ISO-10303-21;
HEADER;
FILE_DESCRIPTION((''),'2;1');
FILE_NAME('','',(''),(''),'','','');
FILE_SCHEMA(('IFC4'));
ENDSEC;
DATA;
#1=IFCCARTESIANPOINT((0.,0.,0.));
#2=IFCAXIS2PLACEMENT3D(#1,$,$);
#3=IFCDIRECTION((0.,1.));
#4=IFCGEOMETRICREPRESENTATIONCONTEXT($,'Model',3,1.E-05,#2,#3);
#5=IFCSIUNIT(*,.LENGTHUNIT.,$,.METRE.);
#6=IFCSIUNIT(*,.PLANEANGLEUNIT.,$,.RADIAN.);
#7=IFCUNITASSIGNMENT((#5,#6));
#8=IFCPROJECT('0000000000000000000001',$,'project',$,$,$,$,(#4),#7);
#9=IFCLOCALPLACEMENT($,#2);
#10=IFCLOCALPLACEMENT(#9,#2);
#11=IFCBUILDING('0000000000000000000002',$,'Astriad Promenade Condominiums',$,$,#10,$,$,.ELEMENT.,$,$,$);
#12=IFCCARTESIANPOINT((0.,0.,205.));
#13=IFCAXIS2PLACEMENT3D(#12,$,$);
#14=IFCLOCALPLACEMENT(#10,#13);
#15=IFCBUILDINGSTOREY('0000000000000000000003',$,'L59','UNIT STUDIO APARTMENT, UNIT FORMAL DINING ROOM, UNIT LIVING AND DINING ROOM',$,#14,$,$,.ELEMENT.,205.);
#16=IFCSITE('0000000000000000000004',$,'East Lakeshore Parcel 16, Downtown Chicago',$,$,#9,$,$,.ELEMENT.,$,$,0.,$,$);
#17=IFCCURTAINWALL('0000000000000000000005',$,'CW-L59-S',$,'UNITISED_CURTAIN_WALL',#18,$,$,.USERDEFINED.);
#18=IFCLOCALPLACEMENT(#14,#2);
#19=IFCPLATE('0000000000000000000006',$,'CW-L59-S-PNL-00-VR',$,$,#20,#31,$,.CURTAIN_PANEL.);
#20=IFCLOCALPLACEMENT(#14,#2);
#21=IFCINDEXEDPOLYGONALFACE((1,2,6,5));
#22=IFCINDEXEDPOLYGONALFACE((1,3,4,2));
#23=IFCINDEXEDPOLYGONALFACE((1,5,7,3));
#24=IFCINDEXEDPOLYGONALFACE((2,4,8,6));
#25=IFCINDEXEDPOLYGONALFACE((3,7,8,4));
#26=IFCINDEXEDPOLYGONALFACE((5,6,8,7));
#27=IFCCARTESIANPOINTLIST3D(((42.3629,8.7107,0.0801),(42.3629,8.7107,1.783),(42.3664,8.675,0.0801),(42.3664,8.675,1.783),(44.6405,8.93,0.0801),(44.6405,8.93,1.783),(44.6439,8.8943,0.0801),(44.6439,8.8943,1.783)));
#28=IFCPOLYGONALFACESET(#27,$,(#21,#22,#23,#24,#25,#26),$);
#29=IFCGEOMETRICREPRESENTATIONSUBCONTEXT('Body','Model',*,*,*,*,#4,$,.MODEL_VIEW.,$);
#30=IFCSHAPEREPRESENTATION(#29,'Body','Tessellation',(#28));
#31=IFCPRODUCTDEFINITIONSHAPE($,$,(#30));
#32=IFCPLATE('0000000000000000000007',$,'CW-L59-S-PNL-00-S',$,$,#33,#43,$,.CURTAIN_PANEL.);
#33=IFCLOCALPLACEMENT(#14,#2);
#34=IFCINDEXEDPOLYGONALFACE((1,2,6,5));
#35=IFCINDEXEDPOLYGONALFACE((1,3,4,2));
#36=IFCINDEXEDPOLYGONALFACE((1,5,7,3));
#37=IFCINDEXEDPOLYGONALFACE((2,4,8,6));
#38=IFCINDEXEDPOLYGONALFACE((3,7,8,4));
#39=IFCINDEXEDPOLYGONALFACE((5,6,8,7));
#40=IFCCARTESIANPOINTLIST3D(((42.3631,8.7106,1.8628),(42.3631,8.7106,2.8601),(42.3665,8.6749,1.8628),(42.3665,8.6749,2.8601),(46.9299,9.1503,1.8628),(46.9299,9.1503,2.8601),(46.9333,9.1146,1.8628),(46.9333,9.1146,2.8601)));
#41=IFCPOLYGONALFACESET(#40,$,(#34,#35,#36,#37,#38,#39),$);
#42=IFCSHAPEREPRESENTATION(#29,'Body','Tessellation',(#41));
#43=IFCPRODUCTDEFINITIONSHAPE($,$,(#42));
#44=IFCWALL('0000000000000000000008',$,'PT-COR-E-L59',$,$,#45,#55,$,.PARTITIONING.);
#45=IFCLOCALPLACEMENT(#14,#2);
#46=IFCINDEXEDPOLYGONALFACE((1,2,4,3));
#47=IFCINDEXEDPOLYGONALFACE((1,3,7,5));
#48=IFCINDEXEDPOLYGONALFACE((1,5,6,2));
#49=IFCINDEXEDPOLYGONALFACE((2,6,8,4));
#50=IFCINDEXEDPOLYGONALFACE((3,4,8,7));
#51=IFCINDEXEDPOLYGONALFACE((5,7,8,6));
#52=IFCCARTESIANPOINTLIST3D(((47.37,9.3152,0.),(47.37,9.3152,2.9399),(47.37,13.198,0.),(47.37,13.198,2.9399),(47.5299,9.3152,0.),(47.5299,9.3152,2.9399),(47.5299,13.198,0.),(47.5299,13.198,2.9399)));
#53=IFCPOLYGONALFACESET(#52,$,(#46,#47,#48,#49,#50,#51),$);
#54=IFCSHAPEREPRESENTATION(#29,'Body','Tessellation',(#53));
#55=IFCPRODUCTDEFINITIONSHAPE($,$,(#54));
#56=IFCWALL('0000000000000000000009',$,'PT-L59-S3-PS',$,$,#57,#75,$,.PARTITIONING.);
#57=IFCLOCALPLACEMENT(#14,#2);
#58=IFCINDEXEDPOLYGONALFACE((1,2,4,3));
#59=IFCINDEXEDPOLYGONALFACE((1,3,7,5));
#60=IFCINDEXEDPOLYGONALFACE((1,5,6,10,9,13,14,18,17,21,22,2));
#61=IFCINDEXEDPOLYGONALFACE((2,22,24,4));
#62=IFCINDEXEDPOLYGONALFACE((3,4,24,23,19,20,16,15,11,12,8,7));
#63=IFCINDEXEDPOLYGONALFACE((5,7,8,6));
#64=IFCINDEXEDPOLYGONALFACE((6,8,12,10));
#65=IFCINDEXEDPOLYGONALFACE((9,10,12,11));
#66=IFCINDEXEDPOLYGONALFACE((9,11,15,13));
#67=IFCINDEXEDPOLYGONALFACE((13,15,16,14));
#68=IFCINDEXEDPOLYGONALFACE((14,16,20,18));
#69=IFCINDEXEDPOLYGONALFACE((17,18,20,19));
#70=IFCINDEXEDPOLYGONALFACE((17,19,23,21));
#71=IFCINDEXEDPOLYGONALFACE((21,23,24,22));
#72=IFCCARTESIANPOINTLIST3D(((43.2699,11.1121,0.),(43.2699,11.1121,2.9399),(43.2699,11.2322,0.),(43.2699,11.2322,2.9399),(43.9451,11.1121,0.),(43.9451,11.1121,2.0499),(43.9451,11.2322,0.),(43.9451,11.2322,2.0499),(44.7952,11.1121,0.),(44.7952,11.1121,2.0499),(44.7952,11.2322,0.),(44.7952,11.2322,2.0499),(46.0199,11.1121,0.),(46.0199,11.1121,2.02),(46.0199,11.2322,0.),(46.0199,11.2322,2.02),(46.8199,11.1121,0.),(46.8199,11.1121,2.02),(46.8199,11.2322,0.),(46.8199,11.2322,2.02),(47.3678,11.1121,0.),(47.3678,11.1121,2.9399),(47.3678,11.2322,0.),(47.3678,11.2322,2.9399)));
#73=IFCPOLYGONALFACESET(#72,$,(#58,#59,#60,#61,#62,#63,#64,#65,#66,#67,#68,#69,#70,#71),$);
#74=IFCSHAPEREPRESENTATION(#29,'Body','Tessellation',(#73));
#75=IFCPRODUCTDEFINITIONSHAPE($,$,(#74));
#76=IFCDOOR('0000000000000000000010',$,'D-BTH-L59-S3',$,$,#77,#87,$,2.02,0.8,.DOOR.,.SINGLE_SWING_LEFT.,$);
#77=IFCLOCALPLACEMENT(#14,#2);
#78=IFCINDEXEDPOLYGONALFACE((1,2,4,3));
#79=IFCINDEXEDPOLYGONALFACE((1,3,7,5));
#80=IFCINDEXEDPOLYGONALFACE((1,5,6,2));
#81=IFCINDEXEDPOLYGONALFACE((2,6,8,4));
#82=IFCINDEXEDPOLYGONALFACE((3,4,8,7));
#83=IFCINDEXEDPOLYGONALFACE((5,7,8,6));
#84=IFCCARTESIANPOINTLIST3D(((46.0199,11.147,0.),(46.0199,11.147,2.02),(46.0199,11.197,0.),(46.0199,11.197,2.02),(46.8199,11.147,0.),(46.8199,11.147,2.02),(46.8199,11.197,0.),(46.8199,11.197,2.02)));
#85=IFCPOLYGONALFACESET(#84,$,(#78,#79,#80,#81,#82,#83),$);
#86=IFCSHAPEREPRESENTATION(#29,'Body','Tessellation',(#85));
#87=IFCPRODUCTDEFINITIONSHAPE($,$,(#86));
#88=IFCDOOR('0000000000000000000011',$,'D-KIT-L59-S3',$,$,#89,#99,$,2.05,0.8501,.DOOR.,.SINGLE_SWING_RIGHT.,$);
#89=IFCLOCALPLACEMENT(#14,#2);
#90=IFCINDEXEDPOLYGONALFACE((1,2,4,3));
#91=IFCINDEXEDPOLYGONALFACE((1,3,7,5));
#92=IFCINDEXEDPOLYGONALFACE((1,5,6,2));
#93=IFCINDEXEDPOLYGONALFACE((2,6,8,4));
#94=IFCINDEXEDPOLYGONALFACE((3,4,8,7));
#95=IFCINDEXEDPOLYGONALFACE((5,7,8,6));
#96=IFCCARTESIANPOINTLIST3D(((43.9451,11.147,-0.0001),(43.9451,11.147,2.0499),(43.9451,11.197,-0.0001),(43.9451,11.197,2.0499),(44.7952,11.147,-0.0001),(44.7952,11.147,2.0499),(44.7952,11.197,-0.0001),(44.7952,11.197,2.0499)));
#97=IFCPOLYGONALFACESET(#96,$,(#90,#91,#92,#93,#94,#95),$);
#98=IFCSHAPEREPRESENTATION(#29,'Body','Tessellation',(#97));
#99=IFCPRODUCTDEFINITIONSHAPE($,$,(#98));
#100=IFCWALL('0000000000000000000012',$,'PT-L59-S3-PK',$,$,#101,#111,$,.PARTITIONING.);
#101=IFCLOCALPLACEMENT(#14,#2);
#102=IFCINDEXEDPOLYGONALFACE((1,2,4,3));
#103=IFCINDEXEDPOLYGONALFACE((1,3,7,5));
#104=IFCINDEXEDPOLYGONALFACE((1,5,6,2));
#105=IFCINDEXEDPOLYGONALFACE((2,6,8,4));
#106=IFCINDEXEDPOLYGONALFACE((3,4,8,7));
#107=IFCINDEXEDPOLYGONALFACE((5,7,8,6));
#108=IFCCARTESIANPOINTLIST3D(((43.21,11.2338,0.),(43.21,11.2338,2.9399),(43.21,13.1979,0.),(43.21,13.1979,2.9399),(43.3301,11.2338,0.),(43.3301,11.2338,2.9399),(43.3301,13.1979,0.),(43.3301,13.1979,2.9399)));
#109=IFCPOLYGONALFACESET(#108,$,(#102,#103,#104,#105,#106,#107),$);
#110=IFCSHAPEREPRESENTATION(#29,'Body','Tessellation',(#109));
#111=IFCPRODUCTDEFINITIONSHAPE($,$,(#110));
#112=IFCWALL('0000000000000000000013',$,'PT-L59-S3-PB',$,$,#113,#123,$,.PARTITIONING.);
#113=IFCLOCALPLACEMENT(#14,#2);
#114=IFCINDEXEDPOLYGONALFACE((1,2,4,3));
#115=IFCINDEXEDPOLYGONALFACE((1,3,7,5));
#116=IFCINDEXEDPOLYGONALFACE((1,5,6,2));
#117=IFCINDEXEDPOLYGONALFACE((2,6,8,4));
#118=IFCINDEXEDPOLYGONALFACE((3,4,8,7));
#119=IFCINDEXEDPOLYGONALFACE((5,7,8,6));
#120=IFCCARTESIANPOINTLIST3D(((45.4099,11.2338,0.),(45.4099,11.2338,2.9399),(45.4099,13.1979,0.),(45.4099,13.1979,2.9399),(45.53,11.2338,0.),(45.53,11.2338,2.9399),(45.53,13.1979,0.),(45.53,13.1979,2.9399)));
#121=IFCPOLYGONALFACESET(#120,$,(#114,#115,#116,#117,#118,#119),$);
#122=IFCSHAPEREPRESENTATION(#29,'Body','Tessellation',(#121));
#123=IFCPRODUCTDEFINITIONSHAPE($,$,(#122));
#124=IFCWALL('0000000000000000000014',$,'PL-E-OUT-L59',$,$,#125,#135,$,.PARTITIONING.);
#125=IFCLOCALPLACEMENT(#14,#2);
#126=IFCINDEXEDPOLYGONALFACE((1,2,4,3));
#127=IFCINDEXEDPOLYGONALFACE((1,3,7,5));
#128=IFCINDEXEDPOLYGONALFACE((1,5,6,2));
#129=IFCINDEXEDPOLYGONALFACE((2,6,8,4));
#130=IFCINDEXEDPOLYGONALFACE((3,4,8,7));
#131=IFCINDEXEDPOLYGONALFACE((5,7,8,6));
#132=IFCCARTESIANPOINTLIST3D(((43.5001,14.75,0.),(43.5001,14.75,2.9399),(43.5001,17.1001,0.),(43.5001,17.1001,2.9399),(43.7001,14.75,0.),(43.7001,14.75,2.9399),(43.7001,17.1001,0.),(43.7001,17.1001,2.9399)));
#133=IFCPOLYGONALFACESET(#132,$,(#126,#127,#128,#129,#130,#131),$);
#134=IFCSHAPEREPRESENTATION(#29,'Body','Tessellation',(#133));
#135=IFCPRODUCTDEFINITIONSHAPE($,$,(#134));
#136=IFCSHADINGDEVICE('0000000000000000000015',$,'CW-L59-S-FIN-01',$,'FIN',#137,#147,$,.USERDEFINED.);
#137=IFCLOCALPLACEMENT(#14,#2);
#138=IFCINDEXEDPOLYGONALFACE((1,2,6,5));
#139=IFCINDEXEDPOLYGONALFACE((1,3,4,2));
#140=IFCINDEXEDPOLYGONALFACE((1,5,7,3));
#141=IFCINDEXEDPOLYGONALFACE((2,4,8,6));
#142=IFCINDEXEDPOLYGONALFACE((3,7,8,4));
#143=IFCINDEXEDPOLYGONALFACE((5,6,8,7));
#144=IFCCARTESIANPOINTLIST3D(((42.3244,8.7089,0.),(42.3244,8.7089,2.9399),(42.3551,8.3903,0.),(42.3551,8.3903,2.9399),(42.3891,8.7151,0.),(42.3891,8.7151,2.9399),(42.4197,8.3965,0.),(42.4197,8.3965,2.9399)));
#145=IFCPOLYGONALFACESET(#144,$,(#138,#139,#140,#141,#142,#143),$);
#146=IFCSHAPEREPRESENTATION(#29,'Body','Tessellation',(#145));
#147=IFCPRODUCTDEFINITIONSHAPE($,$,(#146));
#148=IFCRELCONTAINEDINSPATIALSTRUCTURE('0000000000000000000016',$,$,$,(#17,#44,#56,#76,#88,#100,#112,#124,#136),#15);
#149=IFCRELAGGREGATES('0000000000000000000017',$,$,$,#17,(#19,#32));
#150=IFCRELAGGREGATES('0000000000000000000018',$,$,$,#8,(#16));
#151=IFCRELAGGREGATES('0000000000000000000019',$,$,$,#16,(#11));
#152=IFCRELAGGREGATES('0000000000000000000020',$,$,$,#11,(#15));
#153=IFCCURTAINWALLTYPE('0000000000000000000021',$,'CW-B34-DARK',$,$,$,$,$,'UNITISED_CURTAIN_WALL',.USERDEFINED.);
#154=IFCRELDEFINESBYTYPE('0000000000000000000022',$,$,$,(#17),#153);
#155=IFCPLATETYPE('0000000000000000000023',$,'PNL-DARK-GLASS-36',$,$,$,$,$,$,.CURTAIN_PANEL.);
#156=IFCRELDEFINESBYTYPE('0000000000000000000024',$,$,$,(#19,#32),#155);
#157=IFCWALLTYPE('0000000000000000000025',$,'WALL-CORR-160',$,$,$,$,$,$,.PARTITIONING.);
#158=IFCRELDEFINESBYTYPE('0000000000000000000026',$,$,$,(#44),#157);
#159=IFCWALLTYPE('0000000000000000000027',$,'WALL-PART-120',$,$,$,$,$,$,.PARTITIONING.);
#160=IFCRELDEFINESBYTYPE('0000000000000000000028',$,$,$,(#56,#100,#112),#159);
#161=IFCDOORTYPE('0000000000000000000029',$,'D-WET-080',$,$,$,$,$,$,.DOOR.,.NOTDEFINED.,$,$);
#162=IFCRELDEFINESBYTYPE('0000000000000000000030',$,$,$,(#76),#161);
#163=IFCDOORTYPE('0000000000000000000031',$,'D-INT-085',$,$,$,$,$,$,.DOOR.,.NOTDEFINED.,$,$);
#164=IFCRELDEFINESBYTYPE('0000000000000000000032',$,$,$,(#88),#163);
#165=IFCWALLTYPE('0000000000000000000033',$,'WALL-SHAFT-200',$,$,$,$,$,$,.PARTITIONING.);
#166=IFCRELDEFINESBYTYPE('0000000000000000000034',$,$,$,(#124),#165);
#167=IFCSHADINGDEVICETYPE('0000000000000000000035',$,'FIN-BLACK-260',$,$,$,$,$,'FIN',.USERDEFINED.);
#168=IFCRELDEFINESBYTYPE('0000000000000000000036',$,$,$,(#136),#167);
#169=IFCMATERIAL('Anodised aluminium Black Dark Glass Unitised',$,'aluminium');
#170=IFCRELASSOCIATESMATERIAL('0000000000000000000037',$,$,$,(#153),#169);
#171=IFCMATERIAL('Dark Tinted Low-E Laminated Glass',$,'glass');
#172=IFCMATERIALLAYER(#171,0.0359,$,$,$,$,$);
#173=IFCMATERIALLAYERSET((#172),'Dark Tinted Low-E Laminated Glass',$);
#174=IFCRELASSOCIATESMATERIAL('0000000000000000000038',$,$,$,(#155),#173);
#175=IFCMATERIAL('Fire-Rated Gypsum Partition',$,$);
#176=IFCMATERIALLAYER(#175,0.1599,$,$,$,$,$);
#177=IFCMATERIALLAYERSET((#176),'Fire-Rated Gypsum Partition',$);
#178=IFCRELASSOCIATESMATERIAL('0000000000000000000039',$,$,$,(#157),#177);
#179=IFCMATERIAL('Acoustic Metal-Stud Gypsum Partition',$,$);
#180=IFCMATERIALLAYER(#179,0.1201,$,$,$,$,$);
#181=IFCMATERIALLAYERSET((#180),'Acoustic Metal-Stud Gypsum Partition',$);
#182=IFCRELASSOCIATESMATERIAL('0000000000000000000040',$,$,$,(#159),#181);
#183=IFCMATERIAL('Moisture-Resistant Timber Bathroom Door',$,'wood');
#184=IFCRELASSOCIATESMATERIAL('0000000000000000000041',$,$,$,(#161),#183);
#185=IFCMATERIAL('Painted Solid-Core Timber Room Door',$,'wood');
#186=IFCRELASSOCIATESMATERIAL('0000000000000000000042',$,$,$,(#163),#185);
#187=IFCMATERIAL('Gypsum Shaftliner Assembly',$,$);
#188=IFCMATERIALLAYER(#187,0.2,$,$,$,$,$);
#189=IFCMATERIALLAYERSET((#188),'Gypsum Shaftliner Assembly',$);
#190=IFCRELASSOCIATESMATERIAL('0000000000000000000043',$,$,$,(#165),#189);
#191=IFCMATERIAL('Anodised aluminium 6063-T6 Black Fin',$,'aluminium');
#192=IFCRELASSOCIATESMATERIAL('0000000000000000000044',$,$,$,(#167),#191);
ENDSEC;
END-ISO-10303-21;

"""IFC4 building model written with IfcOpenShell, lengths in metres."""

from ifc_helpers import new_model, si_unit, direction, frame, frame_2d, origin, origin_2d, place, context, subcontext, project, spatial, rectangle, extrude, source, transform, mapped, material, layer, layer_set, type_object, type_shapes, element, fill, aggregate, save


model = new_model("IFC4")

# Units and contexts
model_context = context("Model", 3, precision=1e-05, world=origin(), true_north=direction((0.0, 1.0)))
body_context = subcontext(model_context, "Body", "Model", "MODEL_VIEW")
ifc_project = project(units=[si_unit("LENGTHUNIT", "METRE"), si_unit("PLANEANGLEUNIT", "RADIAN")], contexts=[model_context])

# Site, building, storey
site_placement = place(None, origin())
site = spatial("IfcSite", under=ifc_project, at=site_placement, Name="East Lakeshore Parcel 16, Downtown Chicago", CompositionType="ELEMENT", RefElevation=0.0)
building_placement = place(site_placement, origin())
building = spatial("IfcBuilding", under=site, at=building_placement, Name="Astriad Promenade Condominiums", CompositionType="ELEMENT")
storey_placement = place(building_placement, frame((0.0, 0.0, 205.0)))
storey = spatial("IfcBuildingStorey", under=building, at=storey_placement, Name="L59", Description="UNIT STUDIO APARTMENT, UNIT FORMAL DINING ROOM, UNIT LIVING AND DINING ROOM", CompositionType="ELEMENT", Elevation=205.0)

# Curtain wall, plates
ifc_material_1 = material(Name="Anodised aluminium Black Dark Glass Unitised", Category="aluminium")
curtain_wall_type = type_object("IfcCurtainWallType", Name="CW-B34-DARK", ElementType="UNITISED_CURTAIN_WALL", PredefinedType="USERDEFINED", material=ifc_material_1)
curtain_wall_placement = place(storey_placement, origin())
curtain_wall = element("IfcCurtainWall", 1, at=curtain_wall_placement, inside=storey, type_object=curtain_wall_type, Name="CW-L59-S", ObjectType="UNITISED_CURTAIN_WALL", PredefinedType="USERDEFINED")
ifc_material_2 = material(Name="Dark Tinted Low-E Laminated Glass", Category="glass")
ifc_layer_1 = layer(ifc_material_2, 0.0359)
ifc_layer_set_1 = layer_set([ifc_layer_1], Name="Dark Tinted Low-E Laminated Glass")
plate_type = type_object("IfcPlateType", Name="PNL-DARK-GLASS-36", PredefinedType="CURTAIN_PANEL", material=ifc_layer_set_1)
shared_shape_1 = source(origin(), body_context, "Body", "SweptSolid", [
    extrude(rectangle(XDim=2.2881, YDim=0.0359, at=origin_2d()), origin(), (0.0, 0.0, 1.0), 1.7029),
])
plate_1_placement = place(storey_placement, frame((43.5034, 8.8025, 0.0801), z_axis=(0.0, 0.0, 1.0), x_axis=(-0.995396, -0.095846, 0.0)))
plate_1 = element("IfcPlate", 2, at=plate_1_placement, type_object=plate_type, Name="CW-L59-S-PNL-00-VR", PredefinedType="CURTAIN_PANEL", context=body_context, shape_type="MappedRepresentation", body=[
    mapped(shared_shape_1, transform((0.0, 0.0, 0.0), scale=1.0)),
])
shared_shape_2 = source(origin(), body_context, "Body", "SweptSolid", [
    extrude(rectangle(XDim=4.5879, YDim=0.0359, at=origin_2d()), origin(), (0.0, 0.0, 1.0), 0.9973),
])
type_shapes(plate_type, [shared_shape_1, shared_shape_2])
plate_2_placement = place(storey_placement, frame((44.6482, 8.9126, 1.8628), z_axis=(0.0, 0.0, 1.0), x_axis=(-0.995396, -0.095846, 0.0)))
plate_2 = element("IfcPlate", 3, at=plate_2_placement, type_object=plate_type, Name="CW-L59-S-PNL-00-S", PredefinedType="CURTAIN_PANEL", context=body_context, shape_type="MappedRepresentation", body=[
    mapped(shared_shape_2, transform((0.0, 0.0, 0.0), scale=1.0)),
])
aggregate(curtain_wall, [plate_1, plate_2])

# Wall
ifc_material_3 = material(Name="Fire-Rated Gypsum Partition")
ifc_layer_2 = layer(ifc_material_3, 0.1599)
ifc_layer_set_2 = layer_set([ifc_layer_2], Name="Fire-Rated Gypsum Partition")
wall_type_1 = type_object("IfcWallType", Name="WALL-CORR-160", PredefinedType="PARTITIONING", material=ifc_layer_set_2)
wall_1_placement = place(storey_placement, frame((47.45, 9.3152, 0.0), z_axis=(0.0, 0.0, 1.0), x_axis=(0.0, 1.0, 0.0)))
element("IfcWall", 4, at=wall_1_placement, inside=storey, type_object=wall_type_1, Name="PT-COR-E-L59", PredefinedType="PARTITIONING", context=body_context, shape_type="SweptSolid", body=[
    extrude(rectangle(XDim=3.8828, YDim=0.1599, at=frame_2d((1.9414, 0.0))), origin(), (0.0, 0.0, 1.0), 2.9399),
])

# Wall, openings, doors
ifc_material_4 = material(Name="Acoustic Metal-Stud Gypsum Partition")
ifc_layer_3 = layer(ifc_material_4, 0.1201)
ifc_layer_set_3 = layer_set([ifc_layer_3], Name="Acoustic Metal-Stud Gypsum Partition")
wall_type_2 = type_object("IfcWallType", Name="WALL-PART-120", PredefinedType="PARTITIONING", material=ifc_layer_set_3)
wall_2_placement = place(storey_placement, frame((43.27, 11.1721, 0.0), z_axis=(0.0, 0.0, 1.0), x_axis=(1.0, 0.0, 0.0)))
wall_2 = element("IfcWall", 5, at=wall_2_placement, inside=storey, type_object=wall_type_2, Name="PT-L59-S3-PS", PredefinedType="PARTITIONING", context=body_context, shape_type="SweptSolid", body=[
    extrude(rectangle(XDim=4.0979, YDim=0.1201, at=frame_2d((2.0488, 0.0))), origin(), (0.0, 0.0, 1.0), 2.9399),
])
opening_1_placement = place(wall_2_placement, frame((0.675, 0.0, 0.0)))
opening_1 = element("IfcOpeningElement", 6, at=opening_1_placement, cuts=wall_2, PredefinedType="OPENING", context=body_context, shape_type="SweptSolid", body=[
    extrude(rectangle(XDim=0.8501, YDim=2.05, at=frame_2d((0.425, 1.0249))), frame((0.0, 0.0701, 0.0), z_axis=(0.0, -1.0, 0.0), x_axis=(1.0, 0.0, 0.0)), (0.0, 0.0, 1.0), 0.1401),
])
opening_2_placement = place(wall_2_placement, frame((2.75, 0.0, 0.0)))
opening_2 = element("IfcOpeningElement", 7, at=opening_2_placement, cuts=wall_2, PredefinedType="OPENING", context=body_context, shape_type="SweptSolid", body=[
    extrude(rectangle(XDim=0.8, YDim=2.02, at=frame_2d((0.3999, 1.01))), frame((0.0, 0.0701, 0.0), z_axis=(0.0, -1.0, 0.0), x_axis=(1.0, 0.0, 0.0)), (0.0, 0.0, 1.0), 0.1401),
])
ifc_material_5 = material(Name="Moisture-Resistant Timber Bathroom Door", Category="wood")
door_type_1 = type_object("IfcDoorType", Name="D-WET-080", OperationType="NOTDEFINED", PredefinedType="DOOR", material=ifc_material_5)
shared_shape_3 = source(origin(), body_context, "Body", "SweptSolid", [
    extrude(rectangle(XDim=0.8, YDim=2.02, at=frame_2d((0.3999, 1.01))), frame((0.0, 0.0249, 0.0), z_axis=(0.0, -1.0, 0.0), x_axis=(1.0, 0.0, 0.0)), (0.0, 0.0, 1.0), 0.05),
])
type_shapes(door_type_1, [shared_shape_3])
door_1_placement = place(opening_2_placement, origin())
door_1 = element("IfcDoor", 8, at=door_1_placement, inside=storey, type_object=door_type_1, Name="D-BTH-L59-S3", OperationType="SINGLE_SWING_LEFT", OverallHeight=2.02, OverallWidth=0.8, PredefinedType="DOOR", context=body_context, shape_type="MappedRepresentation", body=[
    mapped(shared_shape_3, transform((0.0, 0.0, 0.0), scale=1.0)),
])
fill(opening_2, door_1)
ifc_material_6 = material(Name="Painted Solid-Core Timber Room Door", Category="wood")
door_type_2 = type_object("IfcDoorType", Name="D-INT-085", OperationType="NOTDEFINED", PredefinedType="DOOR", material=ifc_material_6)
shared_shape_4 = source(origin(), body_context, "Body", "SweptSolid", [
    extrude(rectangle(XDim=0.8501, YDim=2.05, at=frame_2d((0.425, 1.0249))), frame((0.0, 0.0249, 0.0), z_axis=(0.0, -1.0, 0.0), x_axis=(1.0, 0.0, 0.0)), (0.0, 0.0, 1.0), 0.05),
])
type_shapes(door_type_2, [shared_shape_4])
door_2_placement = place(opening_1_placement, origin())
door_2 = element("IfcDoor", 9, at=door_2_placement, inside=storey, type_object=door_type_2, Name="D-KIT-L59-S3", OperationType="SINGLE_SWING_RIGHT", OverallHeight=2.05, OverallWidth=0.8501, PredefinedType="DOOR", context=body_context, shape_type="MappedRepresentation", body=[
    mapped(shared_shape_4, transform((0.0, 0.0, 0.0), scale=1.0)),
])
fill(opening_1, door_2)

# Walls
for number, where, z_axis, x_axis, name in (
    (10, (43.27, 11.2339, 0.0), (0.0, 0.0, 1.0), (0.0, 1.0, 0.0), "PT-L59-S3-PK"),
    (11, (45.47, 11.2339, 0.0), (0.0, 0.0, 1.0), (0.0, 1.0, 0.0), "PT-L59-S3-PB"),
):
    element("IfcWall", number, at=place(storey_placement, frame(where, z_axis=z_axis, x_axis=x_axis)), inside=storey, type_object=wall_type_2, Name=name, PredefinedType="PARTITIONING", context=body_context, shape_type="SweptSolid", body=[
        extrude(rectangle(XDim=1.9641, YDim=0.1201, at=frame_2d((0.9819, 0.0))), origin(), (0.0, 0.0, 1.0), 2.9399),
    ])
ifc_material_7 = material(Name="Gypsum Shaftliner Assembly")
ifc_layer_4 = layer(ifc_material_7, 0.2)
ifc_layer_set_4 = layer_set([ifc_layer_4], Name="Gypsum Shaftliner Assembly")
wall_type_3 = type_object("IfcWallType", Name="WALL-SHAFT-200", PredefinedType="PARTITIONING", material=ifc_layer_set_4)
wall_3_placement = place(storey_placement, frame((43.6001, 14.75, 0.0), z_axis=(0.0, 0.0, 1.0), x_axis=(0.0, 1.0, 0.0)))
element("IfcWall", 12, at=wall_3_placement, inside=storey, type_object=wall_type_3, Name="PL-E-OUT-L59", PredefinedType="PARTITIONING", context=body_context, shape_type="SweptSolid", body=[
    extrude(rectangle(XDim=2.3501, YDim=0.2, at=frame_2d((1.175, 0.0))), origin(), (0.0, 0.0, 1.0), 2.9399),
])

# Shading device
ifc_material_8 = material(Name="Anodised aluminium 6063-T6 Black Fin", Category="aluminium")
shading_device_type = type_object("IfcShadingDeviceType", Name="FIN-BLACK-260", ElementType="FIN", PredefinedType="USERDEFINED", material=ifc_material_8)
shared_shape_5 = source(origin(), body_context, "Body", "SweptSolid", [
    extrude(rectangle(XDim=0.0649, YDim=0.3201, at=origin_2d()), origin(), (0.0, 0.0, 1.0), 2.9399),
])
type_shapes(shading_device_type, [shared_shape_5])
shading_device_placement = place(storey_placement, frame((42.3721, 8.5527, 0.0), z_axis=(0.0, 0.0, 1.0), x_axis=(-0.995396, -0.095846, 0.0)))
element("IfcShadingDevice", 13, at=shading_device_placement, inside=storey, type_object=shading_device_type, Name="CW-L59-S-FIN-01", ObjectType="FIN", PredefinedType="USERDEFINED", context=body_context, shape_type="MappedRepresentation", body=[
    mapped(shared_shape_5, transform((0.0, 0.0, 0.0), scale=1.0)),
])

save(model, "model.ifc")
